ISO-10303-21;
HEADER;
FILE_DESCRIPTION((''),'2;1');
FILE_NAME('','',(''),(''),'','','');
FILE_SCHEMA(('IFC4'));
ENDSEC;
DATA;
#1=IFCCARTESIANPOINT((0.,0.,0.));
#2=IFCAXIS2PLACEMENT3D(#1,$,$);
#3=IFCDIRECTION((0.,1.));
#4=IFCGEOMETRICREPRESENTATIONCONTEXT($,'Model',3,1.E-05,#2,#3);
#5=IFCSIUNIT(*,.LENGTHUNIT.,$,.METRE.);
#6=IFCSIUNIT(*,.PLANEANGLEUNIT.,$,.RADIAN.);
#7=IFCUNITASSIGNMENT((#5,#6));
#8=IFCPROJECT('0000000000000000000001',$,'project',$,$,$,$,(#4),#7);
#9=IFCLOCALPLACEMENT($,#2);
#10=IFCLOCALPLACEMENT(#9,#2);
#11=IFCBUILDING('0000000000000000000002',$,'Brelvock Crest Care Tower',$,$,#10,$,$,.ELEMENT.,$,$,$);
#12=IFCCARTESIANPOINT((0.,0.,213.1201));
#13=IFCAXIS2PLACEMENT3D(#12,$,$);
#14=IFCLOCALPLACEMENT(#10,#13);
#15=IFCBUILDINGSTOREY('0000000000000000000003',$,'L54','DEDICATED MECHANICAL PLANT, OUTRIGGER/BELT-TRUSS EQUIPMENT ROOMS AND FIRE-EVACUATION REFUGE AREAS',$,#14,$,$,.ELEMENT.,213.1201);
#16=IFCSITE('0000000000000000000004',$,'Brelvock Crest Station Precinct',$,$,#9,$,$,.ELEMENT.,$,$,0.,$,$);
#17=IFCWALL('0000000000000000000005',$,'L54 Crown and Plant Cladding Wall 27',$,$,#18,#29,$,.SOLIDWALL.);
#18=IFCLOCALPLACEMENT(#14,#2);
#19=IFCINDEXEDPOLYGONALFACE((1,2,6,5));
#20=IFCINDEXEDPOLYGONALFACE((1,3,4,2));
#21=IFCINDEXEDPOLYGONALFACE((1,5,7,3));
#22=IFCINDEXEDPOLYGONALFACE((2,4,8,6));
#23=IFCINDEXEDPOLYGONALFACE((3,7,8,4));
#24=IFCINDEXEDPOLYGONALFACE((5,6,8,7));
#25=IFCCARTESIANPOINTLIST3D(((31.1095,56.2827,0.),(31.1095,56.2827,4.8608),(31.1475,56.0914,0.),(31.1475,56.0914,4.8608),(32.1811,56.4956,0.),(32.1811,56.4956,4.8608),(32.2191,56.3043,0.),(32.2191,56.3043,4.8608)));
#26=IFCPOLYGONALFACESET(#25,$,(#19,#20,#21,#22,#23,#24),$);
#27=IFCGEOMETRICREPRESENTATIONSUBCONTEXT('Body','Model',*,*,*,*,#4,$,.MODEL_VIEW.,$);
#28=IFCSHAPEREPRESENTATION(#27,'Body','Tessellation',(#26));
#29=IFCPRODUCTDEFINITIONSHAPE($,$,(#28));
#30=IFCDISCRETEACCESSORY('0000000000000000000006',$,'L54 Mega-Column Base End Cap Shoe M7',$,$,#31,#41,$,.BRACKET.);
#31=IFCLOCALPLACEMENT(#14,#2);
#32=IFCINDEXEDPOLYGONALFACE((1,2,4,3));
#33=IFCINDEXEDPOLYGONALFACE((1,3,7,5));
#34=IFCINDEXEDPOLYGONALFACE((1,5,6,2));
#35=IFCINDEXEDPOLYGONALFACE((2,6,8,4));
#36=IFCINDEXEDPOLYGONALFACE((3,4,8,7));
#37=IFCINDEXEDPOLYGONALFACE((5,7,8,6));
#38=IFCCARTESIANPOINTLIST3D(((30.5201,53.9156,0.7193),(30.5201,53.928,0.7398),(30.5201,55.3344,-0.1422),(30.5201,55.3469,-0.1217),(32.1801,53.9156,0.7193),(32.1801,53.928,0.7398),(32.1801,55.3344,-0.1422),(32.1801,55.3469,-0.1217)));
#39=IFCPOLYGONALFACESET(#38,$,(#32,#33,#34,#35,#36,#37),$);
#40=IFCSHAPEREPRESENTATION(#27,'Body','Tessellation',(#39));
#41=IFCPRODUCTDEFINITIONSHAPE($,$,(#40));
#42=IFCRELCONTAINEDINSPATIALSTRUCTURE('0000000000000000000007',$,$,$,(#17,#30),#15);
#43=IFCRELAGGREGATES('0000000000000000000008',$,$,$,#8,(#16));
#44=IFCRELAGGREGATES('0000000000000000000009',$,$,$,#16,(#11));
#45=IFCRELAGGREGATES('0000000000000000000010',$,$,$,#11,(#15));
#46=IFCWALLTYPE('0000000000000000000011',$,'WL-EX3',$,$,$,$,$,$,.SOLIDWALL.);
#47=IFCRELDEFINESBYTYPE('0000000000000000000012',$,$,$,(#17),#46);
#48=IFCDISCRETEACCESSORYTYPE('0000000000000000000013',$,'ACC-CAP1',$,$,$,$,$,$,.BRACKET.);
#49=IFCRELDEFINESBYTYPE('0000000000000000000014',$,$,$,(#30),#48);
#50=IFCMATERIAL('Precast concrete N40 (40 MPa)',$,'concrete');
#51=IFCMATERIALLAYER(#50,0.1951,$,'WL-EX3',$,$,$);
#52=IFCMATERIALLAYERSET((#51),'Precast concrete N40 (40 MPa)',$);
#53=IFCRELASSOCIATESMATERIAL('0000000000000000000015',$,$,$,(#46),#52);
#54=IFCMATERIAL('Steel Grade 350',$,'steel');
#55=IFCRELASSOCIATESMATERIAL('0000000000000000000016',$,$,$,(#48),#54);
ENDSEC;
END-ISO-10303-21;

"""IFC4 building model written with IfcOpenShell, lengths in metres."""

from ifc_helpers import new_model, si_unit, direction, frame, frame_2d, origin, origin_2d, place, context, subcontext, project, spatial, rectangle, extrude, source, transform, mapped, material, layer, layer_set, material_profile, profile_set, type_object, element, save


model = new_model("IFC4")

# Units and contexts
model_context = context("Model", 3, precision=1e-05, world=origin(), true_north=direction((0.0, 1.0)))
body_context = subcontext(model_context, "Body", "Model", "MODEL_VIEW")
ifc_project = project(units=[si_unit("LENGTHUNIT", "METRE"), si_unit("PLANEANGLEUNIT", "RADIAN")], contexts=[model_context])

# Site, building, storey
site_placement = place(None, origin())
site = spatial("IfcSite", under=ifc_project, at=site_placement, Name="Brelvock Crest Station Precinct", CompositionType="ELEMENT", RefElevation=0.0)
building_placement = place(site_placement, origin())
building = spatial("IfcBuilding", under=site, at=building_placement, Name="Brelvock Crest Care Tower", CompositionType="ELEMENT")
storey_placement = place(building_placement, frame((0.0, 0.0, 213.1201)))
storey = spatial("IfcBuildingStorey", under=building, at=storey_placement, Name="L54", Description="DEDICATED MECHANICAL PLANT, OUTRIGGER/BELT-TRUSS EQUIPMENT ROOMS AND FIRE-EVACUATION REFUGE AREAS", CompositionType="ELEMENT", Elevation=213.1201)

# Shared definitions
ifc_material_1 = material(Name="Steel Grade 350", Category="steel")

# Wall
ifc_material_2 = material(Name="Precast concrete N40 (40 MPa)", Category="concrete")
ifc_layer = layer(ifc_material_2, 0.1951, Name="WL-EX3")
ifc_layer_set = layer_set([ifc_layer], Name="Precast concrete N40 (40 MPa)")
wall_type = type_object("IfcWallType", Name="WL-EX3", PredefinedType="SOLIDWALL", material=ifc_layer_set)
wall_1_placement = place(storey_placement, frame((31.1284, 56.187, 0.0), z_axis=(0.0, 0.0, 1.0), x_axis=(0.980829, 0.19487, 0.0)))
element("IfcWall", 1, at=wall_1_placement, inside=storey, type_object=wall_type, Name="L54 Crown and Plant Cladding Wall 27", PredefinedType="SOLIDWALL", context=body_context, shape_type="SweptSolid", body=[
    extrude(rectangle(XDim=1.0925, YDim=0.1951, at=frame_2d((0.5464, 0.0))), origin(), (0.0, 0.0, 1.0), 4.8608),
])

# Discrete accessory
ifc_material_profile_1 = material_profile(ifc_material_1, rectangle(XDim=1.6599, YDim=1.6599, at=origin_2d()), Name="ACC-CAP1")
ifc_profile_set_1 = profile_set([ifc_material_profile_1], Name="Steel Grade 350")
discrete_accessory_type = type_object("IfcDiscreteAccessoryType", Name="ACC-CAP1", PredefinedType="BRACKET", material=ifc_profile_set_1)
shared_shape_1 = source(origin(), body_context, "Body", "SweptSolid", [
    extrude(rectangle(XDim=1.6599, YDim=1.6599, at=origin_2d()), origin(), (0.0, 0.0, 1.0), 0.0239),
])
discrete_accessory_placement = place(storey_placement, frame((31.3501, 54.625, 0.2886), z_axis=(0.0, 0.518978, 0.854788), x_axis=(-1.0, 0.0, 0.0)))
element("IfcDiscreteAccessory", 2, at=discrete_accessory_placement, inside=storey, type_object=discrete_accessory_type, Name="L54 Mega-Column Base End Cap Shoe M7", PredefinedType="BRACKET", context=body_context, shape_type="MappedRepresentation", body=[
    mapped(shared_shape_1, transform((0.0, 0.0, 0.0), x_axis=(1.0, 0.0, 0.0), y_axis=(0.0, 1.0, 0.0), z_axis=(0.0, 0.0, 1.0), scale=1.0)),
])

save(model, "model.ifc")
